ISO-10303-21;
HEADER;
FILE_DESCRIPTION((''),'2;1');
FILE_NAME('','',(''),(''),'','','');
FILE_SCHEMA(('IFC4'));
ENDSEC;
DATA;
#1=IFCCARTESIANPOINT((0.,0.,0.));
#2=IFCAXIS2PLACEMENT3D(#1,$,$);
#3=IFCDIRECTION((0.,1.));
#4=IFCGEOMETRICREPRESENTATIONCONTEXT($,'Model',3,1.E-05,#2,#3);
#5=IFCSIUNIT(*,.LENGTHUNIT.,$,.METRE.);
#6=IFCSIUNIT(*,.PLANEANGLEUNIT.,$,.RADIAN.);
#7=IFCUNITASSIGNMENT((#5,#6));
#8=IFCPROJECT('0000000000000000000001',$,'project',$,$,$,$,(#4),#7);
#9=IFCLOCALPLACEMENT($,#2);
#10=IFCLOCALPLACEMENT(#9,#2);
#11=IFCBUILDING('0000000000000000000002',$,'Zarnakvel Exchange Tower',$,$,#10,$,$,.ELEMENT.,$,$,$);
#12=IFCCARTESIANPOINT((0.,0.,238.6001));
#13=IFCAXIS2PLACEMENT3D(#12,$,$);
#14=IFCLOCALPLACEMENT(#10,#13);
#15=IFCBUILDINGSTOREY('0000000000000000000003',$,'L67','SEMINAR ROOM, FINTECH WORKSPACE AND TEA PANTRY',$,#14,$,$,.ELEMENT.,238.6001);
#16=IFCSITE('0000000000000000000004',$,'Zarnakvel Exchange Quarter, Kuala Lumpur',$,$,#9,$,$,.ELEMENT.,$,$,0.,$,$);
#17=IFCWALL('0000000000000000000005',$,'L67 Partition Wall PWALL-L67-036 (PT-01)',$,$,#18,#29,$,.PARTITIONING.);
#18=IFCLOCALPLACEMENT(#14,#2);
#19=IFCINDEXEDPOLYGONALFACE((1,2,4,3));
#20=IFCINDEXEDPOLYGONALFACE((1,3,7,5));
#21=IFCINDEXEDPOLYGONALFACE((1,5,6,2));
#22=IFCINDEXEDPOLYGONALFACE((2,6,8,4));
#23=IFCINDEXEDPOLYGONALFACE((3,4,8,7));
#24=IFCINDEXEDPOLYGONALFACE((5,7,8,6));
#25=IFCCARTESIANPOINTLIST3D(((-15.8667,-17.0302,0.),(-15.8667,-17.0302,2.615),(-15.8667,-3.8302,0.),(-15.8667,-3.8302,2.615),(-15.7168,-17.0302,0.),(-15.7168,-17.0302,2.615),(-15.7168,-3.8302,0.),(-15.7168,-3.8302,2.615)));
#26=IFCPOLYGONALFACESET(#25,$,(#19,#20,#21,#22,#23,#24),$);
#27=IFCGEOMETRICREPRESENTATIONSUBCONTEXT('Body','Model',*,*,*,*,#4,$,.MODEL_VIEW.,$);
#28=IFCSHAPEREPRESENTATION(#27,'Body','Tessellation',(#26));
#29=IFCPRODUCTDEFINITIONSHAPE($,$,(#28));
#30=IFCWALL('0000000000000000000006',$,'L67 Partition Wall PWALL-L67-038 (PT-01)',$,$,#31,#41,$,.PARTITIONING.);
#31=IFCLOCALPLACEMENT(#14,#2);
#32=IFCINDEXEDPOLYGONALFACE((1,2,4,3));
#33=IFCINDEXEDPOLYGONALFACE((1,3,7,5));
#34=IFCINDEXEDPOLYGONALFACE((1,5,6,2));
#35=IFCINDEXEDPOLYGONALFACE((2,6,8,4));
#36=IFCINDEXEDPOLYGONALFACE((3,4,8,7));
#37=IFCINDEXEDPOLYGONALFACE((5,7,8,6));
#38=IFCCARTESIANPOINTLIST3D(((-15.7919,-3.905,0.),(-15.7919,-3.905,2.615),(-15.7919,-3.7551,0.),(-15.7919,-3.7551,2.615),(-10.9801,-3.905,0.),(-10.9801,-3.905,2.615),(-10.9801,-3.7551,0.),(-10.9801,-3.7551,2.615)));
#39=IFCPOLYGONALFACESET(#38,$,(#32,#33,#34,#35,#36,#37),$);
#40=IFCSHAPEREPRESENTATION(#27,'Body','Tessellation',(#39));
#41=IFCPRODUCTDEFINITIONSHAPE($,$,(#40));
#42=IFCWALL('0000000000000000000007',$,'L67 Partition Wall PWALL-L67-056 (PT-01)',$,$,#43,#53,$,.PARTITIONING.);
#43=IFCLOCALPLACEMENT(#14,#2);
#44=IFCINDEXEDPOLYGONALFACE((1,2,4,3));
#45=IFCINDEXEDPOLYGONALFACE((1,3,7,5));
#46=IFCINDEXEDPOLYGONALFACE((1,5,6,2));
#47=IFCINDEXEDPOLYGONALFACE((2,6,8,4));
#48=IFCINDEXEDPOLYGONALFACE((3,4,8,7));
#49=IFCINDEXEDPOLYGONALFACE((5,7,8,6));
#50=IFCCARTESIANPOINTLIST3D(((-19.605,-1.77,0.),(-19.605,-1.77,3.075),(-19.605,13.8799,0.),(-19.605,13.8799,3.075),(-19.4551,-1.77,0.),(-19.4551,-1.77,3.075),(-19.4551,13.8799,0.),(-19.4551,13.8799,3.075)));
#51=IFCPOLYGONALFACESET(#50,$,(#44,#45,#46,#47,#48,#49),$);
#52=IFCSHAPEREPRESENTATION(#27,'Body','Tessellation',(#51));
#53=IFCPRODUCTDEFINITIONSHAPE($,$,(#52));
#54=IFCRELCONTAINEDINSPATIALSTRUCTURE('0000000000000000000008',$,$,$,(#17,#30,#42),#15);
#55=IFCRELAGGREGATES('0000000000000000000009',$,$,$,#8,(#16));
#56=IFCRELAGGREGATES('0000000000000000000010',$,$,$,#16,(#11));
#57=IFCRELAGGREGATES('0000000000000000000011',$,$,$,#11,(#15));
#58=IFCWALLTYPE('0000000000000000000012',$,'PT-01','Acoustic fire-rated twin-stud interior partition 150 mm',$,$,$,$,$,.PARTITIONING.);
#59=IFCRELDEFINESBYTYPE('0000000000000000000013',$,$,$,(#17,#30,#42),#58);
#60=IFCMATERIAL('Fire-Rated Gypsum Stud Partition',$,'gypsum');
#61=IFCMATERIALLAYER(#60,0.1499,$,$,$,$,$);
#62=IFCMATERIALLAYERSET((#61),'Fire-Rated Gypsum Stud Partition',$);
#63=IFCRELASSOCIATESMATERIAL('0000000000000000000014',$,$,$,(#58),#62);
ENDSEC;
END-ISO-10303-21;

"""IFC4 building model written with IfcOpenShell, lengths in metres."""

from ifc_helpers import new_model, si_unit, direction, frame, frame_2d, origin, place, context, subcontext, project, spatial, rectangle, extrude, material, layer, layer_set, type_object, element, save


model = new_model("IFC4")

# Units and contexts
model_context = context("Model", 3, precision=1e-05, world=origin(), true_north=direction((0.0, 1.0)))
body_context = subcontext(model_context, "Body", "Model", "MODEL_VIEW")
ifc_project = project(units=[si_unit("LENGTHUNIT", "METRE"), si_unit("PLANEANGLEUNIT", "RADIAN")], contexts=[model_context])

# Site, building, storey
site_placement = place(None, origin())
site = spatial("IfcSite", under=ifc_project, at=site_placement, Name="Zarnakvel Exchange Quarter, Kuala Lumpur", CompositionType="ELEMENT", RefElevation=0.0)
building_placement = place(site_placement, origin())
building = spatial("IfcBuilding", under=site, at=building_placement, Name="Zarnakvel Exchange Tower", CompositionType="ELEMENT")
storey_placement = place(building_placement, frame((0.0, 0.0, 238.6001)))
storey = spatial("IfcBuildingStorey", under=building, at=storey_placement, Name="L67", Description="SEMINAR ROOM, FINTECH WORKSPACE AND TEA PANTRY", CompositionType="ELEMENT", Elevation=238.6001)

# Shared definitions
ifc_material_1 = material(Name="Fire-Rated Gypsum Stud Partition", Category="gypsum")
ifc_layer_1 = layer(ifc_material_1, 0.1499)
ifc_layer_set_1 = layer_set([ifc_layer_1], Name="Fire-Rated Gypsum Stud Partition")
wall_type = type_object("IfcWallType", Name="PT-01", Description="Acoustic fire-rated twin-stud interior partition 150 mm", PredefinedType="PARTITIONING", material=ifc_layer_set_1)

# Walls
wall_1_placement = place(storey_placement, frame((-15.7917, -3.8301, 0.0), z_axis=(0.0, 0.0, 1.0), x_axis=(0.0, -1.0, 0.0)))
element("IfcWall", 1, at=wall_1_placement, inside=storey, type_object=wall_type, Name="L67 Partition Wall PWALL-L67-036 (PT-01)", PredefinedType="PARTITIONING", context=body_context, shape_type="SweptSolid", body=[
    extrude(rectangle(XDim=13.2, YDim=0.1499, at=frame_2d((6.6001, 0.0))), origin(), (0.0, 0.0, 1.0), 2.615),
])
wall_2_placement = place(storey_placement, frame((-15.7917, -3.8301, 0.0), z_axis=(0.0, 0.0, 1.0), x_axis=(1.0, 0.0, 0.0)))
element("IfcWall", 2, at=wall_2_placement, inside=storey, type_object=wall_type, Name="L67 Partition Wall PWALL-L67-038 (PT-01)", PredefinedType="PARTITIONING", context=body_context, shape_type="SweptSolid", body=[
    extrude(rectangle(XDim=4.8118, YDim=0.1499, at=frame_2d((2.4058, 0.0))), origin(), (0.0, 0.0, 1.0), 2.615),
])

# Wall
wall_3_placement = place(storey_placement, frame((-19.53, -1.77, 0.0), z_axis=(0.0, 0.0, 1.0), x_axis=(0.0, 1.0, 0.0)))
element("IfcWall", 3, at=wall_3_placement, inside=storey, type_object=wall_type, Name="L67 Partition Wall PWALL-L67-056 (PT-01)", PredefinedType="PARTITIONING", context=body_context, shape_type="SweptSolid", body=[
    extrude(rectangle(XDim=15.6499, YDim=0.1499, at=frame_2d((7.825, 0.0))), origin(), (0.0, 0.0, 1.0), 3.075),
])

save(model, "model.ifc")
